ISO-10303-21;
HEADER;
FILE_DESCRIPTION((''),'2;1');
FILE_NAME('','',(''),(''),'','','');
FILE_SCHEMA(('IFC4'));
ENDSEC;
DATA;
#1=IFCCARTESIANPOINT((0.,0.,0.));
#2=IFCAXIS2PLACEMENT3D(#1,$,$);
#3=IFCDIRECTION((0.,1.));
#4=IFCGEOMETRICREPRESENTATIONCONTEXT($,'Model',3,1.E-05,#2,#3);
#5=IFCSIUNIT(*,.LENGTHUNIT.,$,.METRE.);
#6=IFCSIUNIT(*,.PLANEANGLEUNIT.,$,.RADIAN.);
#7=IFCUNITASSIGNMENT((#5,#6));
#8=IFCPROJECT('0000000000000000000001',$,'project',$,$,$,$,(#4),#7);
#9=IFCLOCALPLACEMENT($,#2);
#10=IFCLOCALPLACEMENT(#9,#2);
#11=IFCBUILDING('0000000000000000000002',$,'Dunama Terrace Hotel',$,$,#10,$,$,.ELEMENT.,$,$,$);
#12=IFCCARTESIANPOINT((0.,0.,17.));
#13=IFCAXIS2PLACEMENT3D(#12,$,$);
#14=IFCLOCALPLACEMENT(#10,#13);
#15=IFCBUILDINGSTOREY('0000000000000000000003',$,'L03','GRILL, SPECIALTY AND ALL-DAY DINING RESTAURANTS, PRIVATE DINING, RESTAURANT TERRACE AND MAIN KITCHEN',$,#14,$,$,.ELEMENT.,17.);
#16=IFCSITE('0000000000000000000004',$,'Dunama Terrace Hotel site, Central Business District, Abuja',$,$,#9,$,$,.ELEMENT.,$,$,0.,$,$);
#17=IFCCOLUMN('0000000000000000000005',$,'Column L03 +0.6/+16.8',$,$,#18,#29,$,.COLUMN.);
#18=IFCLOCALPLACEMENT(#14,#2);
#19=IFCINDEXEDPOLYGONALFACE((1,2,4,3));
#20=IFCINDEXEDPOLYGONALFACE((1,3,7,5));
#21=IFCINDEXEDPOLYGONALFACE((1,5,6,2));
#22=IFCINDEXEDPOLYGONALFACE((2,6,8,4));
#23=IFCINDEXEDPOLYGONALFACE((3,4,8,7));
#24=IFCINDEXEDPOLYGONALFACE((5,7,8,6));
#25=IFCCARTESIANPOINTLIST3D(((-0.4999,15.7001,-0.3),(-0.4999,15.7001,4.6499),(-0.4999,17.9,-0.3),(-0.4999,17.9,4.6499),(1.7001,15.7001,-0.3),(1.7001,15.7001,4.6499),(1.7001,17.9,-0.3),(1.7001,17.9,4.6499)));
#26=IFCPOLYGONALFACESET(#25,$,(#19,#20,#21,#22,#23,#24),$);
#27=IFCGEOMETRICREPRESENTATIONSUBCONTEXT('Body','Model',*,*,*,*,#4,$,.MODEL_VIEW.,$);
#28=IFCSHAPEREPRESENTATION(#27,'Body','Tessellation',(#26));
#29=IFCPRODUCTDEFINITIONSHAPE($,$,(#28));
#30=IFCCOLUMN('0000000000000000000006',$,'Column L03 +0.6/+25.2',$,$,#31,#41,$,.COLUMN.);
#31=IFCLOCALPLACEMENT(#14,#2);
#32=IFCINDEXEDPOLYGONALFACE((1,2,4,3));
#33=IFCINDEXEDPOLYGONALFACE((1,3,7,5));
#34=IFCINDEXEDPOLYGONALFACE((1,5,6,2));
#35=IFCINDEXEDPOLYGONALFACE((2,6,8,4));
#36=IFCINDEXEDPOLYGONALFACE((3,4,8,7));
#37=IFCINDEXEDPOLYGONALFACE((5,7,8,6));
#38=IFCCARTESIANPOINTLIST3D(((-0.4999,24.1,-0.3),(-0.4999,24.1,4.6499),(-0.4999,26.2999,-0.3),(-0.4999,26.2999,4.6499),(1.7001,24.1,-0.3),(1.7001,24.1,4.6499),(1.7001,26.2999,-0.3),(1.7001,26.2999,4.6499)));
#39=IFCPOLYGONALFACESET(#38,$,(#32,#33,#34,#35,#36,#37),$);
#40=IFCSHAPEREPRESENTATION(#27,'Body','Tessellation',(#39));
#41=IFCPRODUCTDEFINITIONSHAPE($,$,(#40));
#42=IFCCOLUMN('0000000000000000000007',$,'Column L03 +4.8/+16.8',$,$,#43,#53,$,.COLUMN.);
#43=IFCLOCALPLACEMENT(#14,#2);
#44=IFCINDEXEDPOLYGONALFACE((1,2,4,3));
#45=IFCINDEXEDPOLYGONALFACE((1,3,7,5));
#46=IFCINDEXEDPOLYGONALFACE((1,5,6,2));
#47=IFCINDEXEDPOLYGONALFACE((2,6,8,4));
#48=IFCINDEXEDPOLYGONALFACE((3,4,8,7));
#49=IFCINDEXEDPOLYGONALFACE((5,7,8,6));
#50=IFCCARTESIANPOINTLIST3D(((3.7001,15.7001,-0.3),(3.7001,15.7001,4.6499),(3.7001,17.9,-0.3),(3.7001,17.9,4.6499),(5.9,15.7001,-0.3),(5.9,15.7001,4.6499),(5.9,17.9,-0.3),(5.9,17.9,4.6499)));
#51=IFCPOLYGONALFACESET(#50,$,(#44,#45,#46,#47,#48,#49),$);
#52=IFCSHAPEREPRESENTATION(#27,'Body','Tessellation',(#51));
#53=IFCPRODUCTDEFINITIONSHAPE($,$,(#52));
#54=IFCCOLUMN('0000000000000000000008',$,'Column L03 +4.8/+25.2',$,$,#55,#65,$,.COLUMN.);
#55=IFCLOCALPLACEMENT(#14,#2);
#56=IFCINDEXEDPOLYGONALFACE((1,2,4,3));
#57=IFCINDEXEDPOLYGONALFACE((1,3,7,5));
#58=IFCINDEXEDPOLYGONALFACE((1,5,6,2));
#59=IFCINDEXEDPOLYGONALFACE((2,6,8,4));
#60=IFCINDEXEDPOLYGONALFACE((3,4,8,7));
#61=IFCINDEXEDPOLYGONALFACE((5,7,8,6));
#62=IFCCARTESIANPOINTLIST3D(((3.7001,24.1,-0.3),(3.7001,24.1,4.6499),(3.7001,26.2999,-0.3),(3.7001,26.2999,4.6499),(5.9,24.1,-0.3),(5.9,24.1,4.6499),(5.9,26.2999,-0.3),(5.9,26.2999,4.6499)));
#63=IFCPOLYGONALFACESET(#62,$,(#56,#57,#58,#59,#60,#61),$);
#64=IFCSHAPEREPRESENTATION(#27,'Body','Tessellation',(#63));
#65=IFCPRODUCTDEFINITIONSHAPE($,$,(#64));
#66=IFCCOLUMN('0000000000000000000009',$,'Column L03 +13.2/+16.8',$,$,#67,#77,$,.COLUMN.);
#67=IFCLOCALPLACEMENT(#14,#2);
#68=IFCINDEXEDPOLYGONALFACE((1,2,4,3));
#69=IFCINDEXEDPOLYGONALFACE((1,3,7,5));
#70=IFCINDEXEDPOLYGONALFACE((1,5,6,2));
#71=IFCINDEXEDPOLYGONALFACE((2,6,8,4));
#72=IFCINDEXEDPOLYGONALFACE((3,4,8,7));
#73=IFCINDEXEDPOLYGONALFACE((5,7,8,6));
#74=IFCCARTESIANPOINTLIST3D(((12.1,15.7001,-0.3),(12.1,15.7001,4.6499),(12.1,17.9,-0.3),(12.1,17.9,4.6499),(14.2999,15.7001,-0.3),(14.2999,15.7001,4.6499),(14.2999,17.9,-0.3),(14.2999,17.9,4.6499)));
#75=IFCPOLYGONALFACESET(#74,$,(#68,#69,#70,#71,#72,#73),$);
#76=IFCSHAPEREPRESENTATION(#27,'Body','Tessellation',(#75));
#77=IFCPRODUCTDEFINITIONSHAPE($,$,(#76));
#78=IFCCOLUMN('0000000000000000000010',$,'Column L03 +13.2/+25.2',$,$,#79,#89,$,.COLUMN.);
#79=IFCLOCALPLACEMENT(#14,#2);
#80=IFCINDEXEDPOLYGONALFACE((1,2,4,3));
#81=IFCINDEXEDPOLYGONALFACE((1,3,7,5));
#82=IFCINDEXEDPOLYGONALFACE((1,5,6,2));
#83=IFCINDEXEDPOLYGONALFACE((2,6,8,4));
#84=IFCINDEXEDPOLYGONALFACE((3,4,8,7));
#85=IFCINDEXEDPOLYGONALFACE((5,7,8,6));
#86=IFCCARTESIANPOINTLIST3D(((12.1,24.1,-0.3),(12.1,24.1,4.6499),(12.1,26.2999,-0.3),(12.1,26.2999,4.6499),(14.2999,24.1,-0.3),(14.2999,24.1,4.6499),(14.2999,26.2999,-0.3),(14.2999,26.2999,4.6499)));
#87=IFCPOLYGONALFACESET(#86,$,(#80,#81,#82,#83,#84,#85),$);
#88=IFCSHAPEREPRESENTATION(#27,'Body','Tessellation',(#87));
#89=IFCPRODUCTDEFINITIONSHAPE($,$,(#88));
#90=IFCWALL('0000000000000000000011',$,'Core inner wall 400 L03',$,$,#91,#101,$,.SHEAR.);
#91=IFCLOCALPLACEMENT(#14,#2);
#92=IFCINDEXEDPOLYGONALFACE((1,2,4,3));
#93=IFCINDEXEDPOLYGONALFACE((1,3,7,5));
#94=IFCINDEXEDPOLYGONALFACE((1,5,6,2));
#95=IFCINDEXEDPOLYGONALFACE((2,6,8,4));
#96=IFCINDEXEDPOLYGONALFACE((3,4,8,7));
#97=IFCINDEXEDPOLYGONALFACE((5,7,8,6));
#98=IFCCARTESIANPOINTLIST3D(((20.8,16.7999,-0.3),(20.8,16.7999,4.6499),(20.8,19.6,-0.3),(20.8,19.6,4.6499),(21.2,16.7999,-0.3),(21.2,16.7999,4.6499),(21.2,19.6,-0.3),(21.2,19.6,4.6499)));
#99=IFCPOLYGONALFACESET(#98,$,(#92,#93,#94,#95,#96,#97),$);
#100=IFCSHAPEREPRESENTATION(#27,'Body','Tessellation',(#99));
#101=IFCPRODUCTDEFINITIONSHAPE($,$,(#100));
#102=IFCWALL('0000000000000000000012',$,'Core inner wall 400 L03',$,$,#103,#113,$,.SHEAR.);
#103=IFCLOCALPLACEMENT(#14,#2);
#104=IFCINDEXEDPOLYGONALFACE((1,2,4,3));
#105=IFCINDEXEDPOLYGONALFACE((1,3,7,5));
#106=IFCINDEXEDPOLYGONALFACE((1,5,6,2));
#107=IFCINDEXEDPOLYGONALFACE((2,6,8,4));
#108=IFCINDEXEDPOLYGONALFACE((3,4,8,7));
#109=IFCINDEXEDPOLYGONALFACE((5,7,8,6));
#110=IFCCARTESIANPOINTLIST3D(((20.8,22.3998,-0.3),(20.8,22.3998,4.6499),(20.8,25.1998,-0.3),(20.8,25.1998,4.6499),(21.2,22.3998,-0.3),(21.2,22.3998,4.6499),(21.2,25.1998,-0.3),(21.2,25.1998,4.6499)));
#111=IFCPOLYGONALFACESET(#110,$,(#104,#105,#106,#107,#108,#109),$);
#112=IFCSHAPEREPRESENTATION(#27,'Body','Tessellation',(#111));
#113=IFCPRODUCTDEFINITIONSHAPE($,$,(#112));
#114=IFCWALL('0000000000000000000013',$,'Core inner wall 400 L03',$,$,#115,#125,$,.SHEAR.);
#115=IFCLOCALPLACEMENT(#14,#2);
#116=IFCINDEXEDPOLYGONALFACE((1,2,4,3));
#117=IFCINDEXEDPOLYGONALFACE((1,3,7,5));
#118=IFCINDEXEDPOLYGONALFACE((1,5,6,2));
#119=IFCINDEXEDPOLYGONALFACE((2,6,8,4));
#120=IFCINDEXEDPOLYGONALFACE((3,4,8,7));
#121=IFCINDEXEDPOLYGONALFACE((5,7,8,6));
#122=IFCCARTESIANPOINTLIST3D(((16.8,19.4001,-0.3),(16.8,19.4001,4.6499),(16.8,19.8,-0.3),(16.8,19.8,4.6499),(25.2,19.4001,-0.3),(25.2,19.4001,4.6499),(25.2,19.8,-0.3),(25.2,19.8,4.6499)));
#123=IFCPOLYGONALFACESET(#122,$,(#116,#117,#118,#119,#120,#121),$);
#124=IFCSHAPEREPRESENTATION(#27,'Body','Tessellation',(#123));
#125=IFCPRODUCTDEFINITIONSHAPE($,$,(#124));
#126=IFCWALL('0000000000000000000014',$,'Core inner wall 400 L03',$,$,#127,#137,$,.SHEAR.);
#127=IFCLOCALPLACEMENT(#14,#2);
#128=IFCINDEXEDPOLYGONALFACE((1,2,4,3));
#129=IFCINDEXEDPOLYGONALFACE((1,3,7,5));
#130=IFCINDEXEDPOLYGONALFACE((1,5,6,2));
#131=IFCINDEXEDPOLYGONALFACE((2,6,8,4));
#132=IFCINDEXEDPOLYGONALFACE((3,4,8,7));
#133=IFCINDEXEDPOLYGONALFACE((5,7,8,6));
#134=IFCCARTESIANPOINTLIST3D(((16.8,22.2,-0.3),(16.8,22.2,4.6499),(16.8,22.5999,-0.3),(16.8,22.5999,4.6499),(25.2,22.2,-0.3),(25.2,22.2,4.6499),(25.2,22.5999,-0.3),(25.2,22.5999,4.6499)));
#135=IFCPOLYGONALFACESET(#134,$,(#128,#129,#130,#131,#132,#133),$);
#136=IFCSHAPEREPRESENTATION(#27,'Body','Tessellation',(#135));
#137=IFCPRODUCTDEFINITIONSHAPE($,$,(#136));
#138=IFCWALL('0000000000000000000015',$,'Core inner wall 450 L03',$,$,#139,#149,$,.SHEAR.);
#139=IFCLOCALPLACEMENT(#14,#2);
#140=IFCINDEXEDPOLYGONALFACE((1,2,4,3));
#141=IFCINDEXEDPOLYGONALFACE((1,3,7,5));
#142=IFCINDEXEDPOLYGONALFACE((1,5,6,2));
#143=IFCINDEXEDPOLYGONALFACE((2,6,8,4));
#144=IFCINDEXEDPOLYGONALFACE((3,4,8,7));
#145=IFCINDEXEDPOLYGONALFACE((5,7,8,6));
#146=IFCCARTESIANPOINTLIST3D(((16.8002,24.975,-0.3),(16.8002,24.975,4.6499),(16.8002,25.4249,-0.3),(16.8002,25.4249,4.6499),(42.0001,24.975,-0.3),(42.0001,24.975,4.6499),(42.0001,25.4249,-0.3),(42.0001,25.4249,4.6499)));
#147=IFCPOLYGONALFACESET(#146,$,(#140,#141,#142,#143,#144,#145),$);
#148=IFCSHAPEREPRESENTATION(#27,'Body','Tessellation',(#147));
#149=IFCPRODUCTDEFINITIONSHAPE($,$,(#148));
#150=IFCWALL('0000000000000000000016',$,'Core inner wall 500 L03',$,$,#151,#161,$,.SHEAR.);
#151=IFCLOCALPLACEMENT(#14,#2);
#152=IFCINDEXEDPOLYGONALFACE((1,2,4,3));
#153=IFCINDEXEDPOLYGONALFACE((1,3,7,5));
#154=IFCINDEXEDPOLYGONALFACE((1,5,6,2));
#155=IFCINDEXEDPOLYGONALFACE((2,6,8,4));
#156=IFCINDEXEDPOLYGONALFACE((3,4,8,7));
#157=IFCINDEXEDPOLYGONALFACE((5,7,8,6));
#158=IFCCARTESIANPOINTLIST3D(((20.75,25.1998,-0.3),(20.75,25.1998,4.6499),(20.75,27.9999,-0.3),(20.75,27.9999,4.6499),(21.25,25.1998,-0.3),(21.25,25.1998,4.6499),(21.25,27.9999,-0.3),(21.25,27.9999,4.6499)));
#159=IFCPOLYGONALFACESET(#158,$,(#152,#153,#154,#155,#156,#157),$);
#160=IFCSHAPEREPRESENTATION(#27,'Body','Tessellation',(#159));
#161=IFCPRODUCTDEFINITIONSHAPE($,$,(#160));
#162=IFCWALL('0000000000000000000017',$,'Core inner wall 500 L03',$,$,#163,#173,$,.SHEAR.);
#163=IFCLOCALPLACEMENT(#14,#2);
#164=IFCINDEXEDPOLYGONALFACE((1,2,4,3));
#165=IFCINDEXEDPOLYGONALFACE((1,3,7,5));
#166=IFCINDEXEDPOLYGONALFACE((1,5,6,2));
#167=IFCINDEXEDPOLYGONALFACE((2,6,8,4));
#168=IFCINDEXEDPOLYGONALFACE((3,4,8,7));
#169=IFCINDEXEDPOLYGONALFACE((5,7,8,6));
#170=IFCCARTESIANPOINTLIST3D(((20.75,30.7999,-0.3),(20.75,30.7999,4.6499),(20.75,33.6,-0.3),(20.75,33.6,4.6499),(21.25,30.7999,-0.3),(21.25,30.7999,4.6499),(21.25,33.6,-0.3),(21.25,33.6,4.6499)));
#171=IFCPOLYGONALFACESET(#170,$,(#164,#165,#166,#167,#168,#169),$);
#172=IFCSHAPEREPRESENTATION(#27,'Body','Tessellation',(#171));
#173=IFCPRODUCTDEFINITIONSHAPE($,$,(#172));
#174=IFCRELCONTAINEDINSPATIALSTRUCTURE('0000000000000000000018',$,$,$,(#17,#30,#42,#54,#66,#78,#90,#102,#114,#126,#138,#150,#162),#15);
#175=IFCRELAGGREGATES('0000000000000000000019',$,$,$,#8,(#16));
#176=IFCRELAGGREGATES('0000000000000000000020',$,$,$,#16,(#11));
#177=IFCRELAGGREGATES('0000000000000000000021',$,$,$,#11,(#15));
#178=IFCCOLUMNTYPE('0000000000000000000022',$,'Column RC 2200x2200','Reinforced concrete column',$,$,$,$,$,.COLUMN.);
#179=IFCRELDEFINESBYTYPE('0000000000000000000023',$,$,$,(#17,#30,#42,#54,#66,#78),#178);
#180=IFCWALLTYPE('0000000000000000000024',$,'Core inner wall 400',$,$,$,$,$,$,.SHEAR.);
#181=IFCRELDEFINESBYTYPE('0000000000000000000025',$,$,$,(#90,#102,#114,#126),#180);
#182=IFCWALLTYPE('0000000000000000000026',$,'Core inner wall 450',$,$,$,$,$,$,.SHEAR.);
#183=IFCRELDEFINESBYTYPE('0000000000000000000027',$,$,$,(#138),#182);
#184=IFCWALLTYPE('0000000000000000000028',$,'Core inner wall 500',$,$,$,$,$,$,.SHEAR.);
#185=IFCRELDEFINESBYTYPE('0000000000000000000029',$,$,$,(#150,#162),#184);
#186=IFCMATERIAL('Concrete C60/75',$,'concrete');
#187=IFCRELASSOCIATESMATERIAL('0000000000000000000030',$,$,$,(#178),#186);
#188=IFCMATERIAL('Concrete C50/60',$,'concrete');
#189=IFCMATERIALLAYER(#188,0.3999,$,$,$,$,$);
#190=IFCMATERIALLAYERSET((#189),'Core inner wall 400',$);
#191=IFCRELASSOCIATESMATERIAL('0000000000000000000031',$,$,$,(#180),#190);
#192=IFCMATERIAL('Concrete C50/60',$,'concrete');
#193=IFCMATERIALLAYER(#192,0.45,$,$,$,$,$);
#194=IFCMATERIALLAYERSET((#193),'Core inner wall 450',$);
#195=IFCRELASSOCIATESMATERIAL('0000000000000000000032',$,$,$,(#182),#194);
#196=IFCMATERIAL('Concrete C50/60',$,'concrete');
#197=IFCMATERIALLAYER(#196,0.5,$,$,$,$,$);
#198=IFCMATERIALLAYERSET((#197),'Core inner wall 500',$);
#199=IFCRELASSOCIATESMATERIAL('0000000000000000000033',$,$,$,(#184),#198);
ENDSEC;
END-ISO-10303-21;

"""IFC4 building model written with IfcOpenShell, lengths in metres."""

from ifc_helpers import new_model, si_unit, direction, frame, frame_2d, origin, origin_2d, place, context, subcontext, project, spatial, rectangle, extrude, material, layer, layer_set, material_profile, profile_set, type_object, element, save


model = new_model("IFC4")

# Units and contexts
model_context = context("Model", 3, precision=1e-05, world=origin(), true_north=direction((0.0, 1.0)))
body_context = subcontext(model_context, "Body", "Model", "MODEL_VIEW")
ifc_project = project(units=[si_unit("LENGTHUNIT", "METRE"), si_unit("PLANEANGLEUNIT", "RADIAN")], contexts=[model_context])

# Site, building, storey
site_placement = place(None, origin())
site = spatial("IfcSite", under=ifc_project, at=site_placement, Name="Dunama Terrace Hotel site, Central Business District, Abuja", CompositionType="ELEMENT", RefElevation=0.0)
building_placement = place(site_placement, origin())
building = spatial("IfcBuilding", under=site, at=building_placement, Name="Dunama Terrace Hotel", CompositionType="ELEMENT")
storey_placement = place(building_placement, frame((0.0, 0.0, 17.0)))
storey = spatial("IfcBuildingStorey", under=building, at=storey_placement, Name="L03", Description="GRILL, SPECIALTY AND ALL-DAY DINING RESTAURANTS, PRIVATE DINING, RESTAURANT TERRACE AND MAIN KITCHEN", CompositionType="ELEMENT", Elevation=17.0)

# Columns
ifc_material_1 = material(Name="Concrete C60/75", Category="concrete")
ifc_material_profile = material_profile(ifc_material_1, rectangle(XDim=2.2, YDim=2.2, at=origin_2d()), Name="RC 2200x2200")
ifc_profile_set = profile_set([ifc_material_profile], Name="Concrete C60/75")
column_type = type_object("IfcColumnType", Name="Column RC 2200x2200", Description="Reinforced concrete column", PredefinedType="COLUMN", material=ifc_profile_set)
for number, where, z_axis, x_axis, name in (
    (1, (0.6001, 16.8, -0.3), (0.0, 0.0, 1.0), (1.0, 0.0, 0.0), "Column L03 +0.6/+16.8"),
    (2, (0.6001, 25.2, -0.3), (0.0, 0.0, 1.0), (1.0, 0.0, 0.0), "Column L03 +0.6/+25.2"),
    (3, (4.8, 16.8, -0.3), (0.0, 0.0, 1.0), (1.0, 0.0, 0.0), "Column L03 +4.8/+16.8"),
    (4, (4.8, 25.2, -0.3), (0.0, 0.0, 1.0), (1.0, 0.0, 0.0), "Column L03 +4.8/+25.2"),
    (5, (13.2, 16.8, -0.3), (0.0, 0.0, 1.0), (1.0, 0.0, 0.0), "Column L03 +13.2/+16.8"),
    (6, (13.2, 25.2, -0.3), (0.0, 0.0, 1.0), (1.0, 0.0, 0.0), "Column L03 +13.2/+25.2"),
):
    element("IfcColumn", number, at=place(storey_placement, frame(where, z_axis=z_axis, x_axis=x_axis)), inside=storey, type_object=column_type, Name=name, PredefinedType="COLUMN", context=body_context, shape_type="SweptSolid", body=[
        extrude(rectangle(XDim=2.2, YDim=2.2, at=origin_2d()), origin(), (0.0, 0.0, 1.0), 4.95),
    ])

# Walls
ifc_material_2 = material(Name="Concrete C50/60", Category="concrete")
ifc_layer_1 = layer(ifc_material_2, 0.3999)
ifc_layer_set_1 = layer_set([ifc_layer_1], Name="Core inner wall 400")
wall_type_1 = type_object("IfcWallType", Name="Core inner wall 400", PredefinedType="SHEAR", material=ifc_layer_set_1)
for number, where, z_axis, x_axis, name in (
    (7, (21.0, 16.8, -0.3), (0.0, 0.0, 1.0), (0.0, 1.0, 0.0), "Core inner wall 400 L03"),
    (8, (21.0, 22.3999, -0.3), (0.0, 0.0, 1.0), (0.0, 1.0, 0.0), "Core inner wall 400 L03"),
):
    element("IfcWall", number, at=place(storey_placement, frame(where, z_axis=z_axis, x_axis=x_axis)), inside=storey, type_object=wall_type_1, Name=name, PredefinedType="SHEAR", context=body_context, shape_type="SweptSolid", body=[
        extrude(rectangle(XDim=2.8, YDim=0.3999, at=frame_2d((1.3999, 0.0))), origin(), (0.0, 0.0, 1.0), 4.95),
    ])
for number, where, z_axis, x_axis, name in (
    (9, (16.8, 19.6001, -0.3), (0.0, 0.0, 1.0), (1.0, 0.0, 0.0), "Core inner wall 400 L03"),
    (10, (16.8, 22.3999, -0.3), (0.0, 0.0, 1.0), (1.0, 0.0, 0.0), "Core inner wall 400 L03"),
):
    element("IfcWall", number, at=place(storey_placement, frame(where, z_axis=z_axis, x_axis=x_axis)), inside=storey, type_object=wall_type_1, Name=name, PredefinedType="SHEAR", context=body_context, shape_type="SweptSolid", body=[
        extrude(rectangle(XDim=8.3999, YDim=0.3999, at=frame_2d((4.2, 0.0))), origin(), (0.0, 0.0, 1.0), 4.95),
    ])
ifc_material_3 = material(Name="Concrete C50/60", Category="concrete")
ifc_layer_2 = layer(ifc_material_3, 0.45)
ifc_layer_set_2 = layer_set([ifc_layer_2], Name="Core inner wall 450")
wall_type_2 = type_object("IfcWallType", Name="Core inner wall 450", PredefinedType="SHEAR", material=ifc_layer_set_2)
wall_1_placement = place(storey_placement, frame((16.8, 25.2, -0.3), z_axis=(0.0, 0.0, 1.0), x_axis=(1.0, 0.0, 0.0)))
element("IfcWall", 11, at=wall_1_placement, inside=storey, type_object=wall_type_2, Name="Core inner wall 450 L03", PredefinedType="SHEAR", context=body_context, shape_type="SweptSolid", body=[
    extrude(rectangle(XDim=25.2, YDim=0.45, at=frame_2d((12.6001, 0.0))), origin(), (0.0, 0.0, 1.0), 4.95),
])
ifc_material_4 = material(Name="Concrete C50/60", Category="concrete")
ifc_layer_3 = layer(ifc_material_4, 0.5)
ifc_layer_set_3 = layer_set([ifc_layer_3], Name="Core inner wall 500")
wall_type_3 = type_object("IfcWallType", Name="Core inner wall 500", PredefinedType="SHEAR", material=ifc_layer_set_3)
for number, where, z_axis, x_axis, name in (
    (12, (21.0, 25.2, -0.3), (0.0, 0.0, 1.0), (0.0, 1.0, 0.0), "Core inner wall 500 L03"),
    (13, (21.0, 30.8, -0.3), (0.0, 0.0, 1.0), (0.0, 1.0, 0.0), "Core inner wall 500 L03"),
):
    element("IfcWall", number, at=place(storey_placement, frame(where, z_axis=z_axis, x_axis=x_axis)), inside=storey, type_object=wall_type_3, Name=name, PredefinedType="SHEAR", context=body_context, shape_type="SweptSolid", body=[
        extrude(rectangle(XDim=2.8, YDim=0.5, at=frame_2d((1.3999, 0.0))), origin(), (0.0, 0.0, 1.0), 4.95),
    ])

save(model, "model.ifc")
